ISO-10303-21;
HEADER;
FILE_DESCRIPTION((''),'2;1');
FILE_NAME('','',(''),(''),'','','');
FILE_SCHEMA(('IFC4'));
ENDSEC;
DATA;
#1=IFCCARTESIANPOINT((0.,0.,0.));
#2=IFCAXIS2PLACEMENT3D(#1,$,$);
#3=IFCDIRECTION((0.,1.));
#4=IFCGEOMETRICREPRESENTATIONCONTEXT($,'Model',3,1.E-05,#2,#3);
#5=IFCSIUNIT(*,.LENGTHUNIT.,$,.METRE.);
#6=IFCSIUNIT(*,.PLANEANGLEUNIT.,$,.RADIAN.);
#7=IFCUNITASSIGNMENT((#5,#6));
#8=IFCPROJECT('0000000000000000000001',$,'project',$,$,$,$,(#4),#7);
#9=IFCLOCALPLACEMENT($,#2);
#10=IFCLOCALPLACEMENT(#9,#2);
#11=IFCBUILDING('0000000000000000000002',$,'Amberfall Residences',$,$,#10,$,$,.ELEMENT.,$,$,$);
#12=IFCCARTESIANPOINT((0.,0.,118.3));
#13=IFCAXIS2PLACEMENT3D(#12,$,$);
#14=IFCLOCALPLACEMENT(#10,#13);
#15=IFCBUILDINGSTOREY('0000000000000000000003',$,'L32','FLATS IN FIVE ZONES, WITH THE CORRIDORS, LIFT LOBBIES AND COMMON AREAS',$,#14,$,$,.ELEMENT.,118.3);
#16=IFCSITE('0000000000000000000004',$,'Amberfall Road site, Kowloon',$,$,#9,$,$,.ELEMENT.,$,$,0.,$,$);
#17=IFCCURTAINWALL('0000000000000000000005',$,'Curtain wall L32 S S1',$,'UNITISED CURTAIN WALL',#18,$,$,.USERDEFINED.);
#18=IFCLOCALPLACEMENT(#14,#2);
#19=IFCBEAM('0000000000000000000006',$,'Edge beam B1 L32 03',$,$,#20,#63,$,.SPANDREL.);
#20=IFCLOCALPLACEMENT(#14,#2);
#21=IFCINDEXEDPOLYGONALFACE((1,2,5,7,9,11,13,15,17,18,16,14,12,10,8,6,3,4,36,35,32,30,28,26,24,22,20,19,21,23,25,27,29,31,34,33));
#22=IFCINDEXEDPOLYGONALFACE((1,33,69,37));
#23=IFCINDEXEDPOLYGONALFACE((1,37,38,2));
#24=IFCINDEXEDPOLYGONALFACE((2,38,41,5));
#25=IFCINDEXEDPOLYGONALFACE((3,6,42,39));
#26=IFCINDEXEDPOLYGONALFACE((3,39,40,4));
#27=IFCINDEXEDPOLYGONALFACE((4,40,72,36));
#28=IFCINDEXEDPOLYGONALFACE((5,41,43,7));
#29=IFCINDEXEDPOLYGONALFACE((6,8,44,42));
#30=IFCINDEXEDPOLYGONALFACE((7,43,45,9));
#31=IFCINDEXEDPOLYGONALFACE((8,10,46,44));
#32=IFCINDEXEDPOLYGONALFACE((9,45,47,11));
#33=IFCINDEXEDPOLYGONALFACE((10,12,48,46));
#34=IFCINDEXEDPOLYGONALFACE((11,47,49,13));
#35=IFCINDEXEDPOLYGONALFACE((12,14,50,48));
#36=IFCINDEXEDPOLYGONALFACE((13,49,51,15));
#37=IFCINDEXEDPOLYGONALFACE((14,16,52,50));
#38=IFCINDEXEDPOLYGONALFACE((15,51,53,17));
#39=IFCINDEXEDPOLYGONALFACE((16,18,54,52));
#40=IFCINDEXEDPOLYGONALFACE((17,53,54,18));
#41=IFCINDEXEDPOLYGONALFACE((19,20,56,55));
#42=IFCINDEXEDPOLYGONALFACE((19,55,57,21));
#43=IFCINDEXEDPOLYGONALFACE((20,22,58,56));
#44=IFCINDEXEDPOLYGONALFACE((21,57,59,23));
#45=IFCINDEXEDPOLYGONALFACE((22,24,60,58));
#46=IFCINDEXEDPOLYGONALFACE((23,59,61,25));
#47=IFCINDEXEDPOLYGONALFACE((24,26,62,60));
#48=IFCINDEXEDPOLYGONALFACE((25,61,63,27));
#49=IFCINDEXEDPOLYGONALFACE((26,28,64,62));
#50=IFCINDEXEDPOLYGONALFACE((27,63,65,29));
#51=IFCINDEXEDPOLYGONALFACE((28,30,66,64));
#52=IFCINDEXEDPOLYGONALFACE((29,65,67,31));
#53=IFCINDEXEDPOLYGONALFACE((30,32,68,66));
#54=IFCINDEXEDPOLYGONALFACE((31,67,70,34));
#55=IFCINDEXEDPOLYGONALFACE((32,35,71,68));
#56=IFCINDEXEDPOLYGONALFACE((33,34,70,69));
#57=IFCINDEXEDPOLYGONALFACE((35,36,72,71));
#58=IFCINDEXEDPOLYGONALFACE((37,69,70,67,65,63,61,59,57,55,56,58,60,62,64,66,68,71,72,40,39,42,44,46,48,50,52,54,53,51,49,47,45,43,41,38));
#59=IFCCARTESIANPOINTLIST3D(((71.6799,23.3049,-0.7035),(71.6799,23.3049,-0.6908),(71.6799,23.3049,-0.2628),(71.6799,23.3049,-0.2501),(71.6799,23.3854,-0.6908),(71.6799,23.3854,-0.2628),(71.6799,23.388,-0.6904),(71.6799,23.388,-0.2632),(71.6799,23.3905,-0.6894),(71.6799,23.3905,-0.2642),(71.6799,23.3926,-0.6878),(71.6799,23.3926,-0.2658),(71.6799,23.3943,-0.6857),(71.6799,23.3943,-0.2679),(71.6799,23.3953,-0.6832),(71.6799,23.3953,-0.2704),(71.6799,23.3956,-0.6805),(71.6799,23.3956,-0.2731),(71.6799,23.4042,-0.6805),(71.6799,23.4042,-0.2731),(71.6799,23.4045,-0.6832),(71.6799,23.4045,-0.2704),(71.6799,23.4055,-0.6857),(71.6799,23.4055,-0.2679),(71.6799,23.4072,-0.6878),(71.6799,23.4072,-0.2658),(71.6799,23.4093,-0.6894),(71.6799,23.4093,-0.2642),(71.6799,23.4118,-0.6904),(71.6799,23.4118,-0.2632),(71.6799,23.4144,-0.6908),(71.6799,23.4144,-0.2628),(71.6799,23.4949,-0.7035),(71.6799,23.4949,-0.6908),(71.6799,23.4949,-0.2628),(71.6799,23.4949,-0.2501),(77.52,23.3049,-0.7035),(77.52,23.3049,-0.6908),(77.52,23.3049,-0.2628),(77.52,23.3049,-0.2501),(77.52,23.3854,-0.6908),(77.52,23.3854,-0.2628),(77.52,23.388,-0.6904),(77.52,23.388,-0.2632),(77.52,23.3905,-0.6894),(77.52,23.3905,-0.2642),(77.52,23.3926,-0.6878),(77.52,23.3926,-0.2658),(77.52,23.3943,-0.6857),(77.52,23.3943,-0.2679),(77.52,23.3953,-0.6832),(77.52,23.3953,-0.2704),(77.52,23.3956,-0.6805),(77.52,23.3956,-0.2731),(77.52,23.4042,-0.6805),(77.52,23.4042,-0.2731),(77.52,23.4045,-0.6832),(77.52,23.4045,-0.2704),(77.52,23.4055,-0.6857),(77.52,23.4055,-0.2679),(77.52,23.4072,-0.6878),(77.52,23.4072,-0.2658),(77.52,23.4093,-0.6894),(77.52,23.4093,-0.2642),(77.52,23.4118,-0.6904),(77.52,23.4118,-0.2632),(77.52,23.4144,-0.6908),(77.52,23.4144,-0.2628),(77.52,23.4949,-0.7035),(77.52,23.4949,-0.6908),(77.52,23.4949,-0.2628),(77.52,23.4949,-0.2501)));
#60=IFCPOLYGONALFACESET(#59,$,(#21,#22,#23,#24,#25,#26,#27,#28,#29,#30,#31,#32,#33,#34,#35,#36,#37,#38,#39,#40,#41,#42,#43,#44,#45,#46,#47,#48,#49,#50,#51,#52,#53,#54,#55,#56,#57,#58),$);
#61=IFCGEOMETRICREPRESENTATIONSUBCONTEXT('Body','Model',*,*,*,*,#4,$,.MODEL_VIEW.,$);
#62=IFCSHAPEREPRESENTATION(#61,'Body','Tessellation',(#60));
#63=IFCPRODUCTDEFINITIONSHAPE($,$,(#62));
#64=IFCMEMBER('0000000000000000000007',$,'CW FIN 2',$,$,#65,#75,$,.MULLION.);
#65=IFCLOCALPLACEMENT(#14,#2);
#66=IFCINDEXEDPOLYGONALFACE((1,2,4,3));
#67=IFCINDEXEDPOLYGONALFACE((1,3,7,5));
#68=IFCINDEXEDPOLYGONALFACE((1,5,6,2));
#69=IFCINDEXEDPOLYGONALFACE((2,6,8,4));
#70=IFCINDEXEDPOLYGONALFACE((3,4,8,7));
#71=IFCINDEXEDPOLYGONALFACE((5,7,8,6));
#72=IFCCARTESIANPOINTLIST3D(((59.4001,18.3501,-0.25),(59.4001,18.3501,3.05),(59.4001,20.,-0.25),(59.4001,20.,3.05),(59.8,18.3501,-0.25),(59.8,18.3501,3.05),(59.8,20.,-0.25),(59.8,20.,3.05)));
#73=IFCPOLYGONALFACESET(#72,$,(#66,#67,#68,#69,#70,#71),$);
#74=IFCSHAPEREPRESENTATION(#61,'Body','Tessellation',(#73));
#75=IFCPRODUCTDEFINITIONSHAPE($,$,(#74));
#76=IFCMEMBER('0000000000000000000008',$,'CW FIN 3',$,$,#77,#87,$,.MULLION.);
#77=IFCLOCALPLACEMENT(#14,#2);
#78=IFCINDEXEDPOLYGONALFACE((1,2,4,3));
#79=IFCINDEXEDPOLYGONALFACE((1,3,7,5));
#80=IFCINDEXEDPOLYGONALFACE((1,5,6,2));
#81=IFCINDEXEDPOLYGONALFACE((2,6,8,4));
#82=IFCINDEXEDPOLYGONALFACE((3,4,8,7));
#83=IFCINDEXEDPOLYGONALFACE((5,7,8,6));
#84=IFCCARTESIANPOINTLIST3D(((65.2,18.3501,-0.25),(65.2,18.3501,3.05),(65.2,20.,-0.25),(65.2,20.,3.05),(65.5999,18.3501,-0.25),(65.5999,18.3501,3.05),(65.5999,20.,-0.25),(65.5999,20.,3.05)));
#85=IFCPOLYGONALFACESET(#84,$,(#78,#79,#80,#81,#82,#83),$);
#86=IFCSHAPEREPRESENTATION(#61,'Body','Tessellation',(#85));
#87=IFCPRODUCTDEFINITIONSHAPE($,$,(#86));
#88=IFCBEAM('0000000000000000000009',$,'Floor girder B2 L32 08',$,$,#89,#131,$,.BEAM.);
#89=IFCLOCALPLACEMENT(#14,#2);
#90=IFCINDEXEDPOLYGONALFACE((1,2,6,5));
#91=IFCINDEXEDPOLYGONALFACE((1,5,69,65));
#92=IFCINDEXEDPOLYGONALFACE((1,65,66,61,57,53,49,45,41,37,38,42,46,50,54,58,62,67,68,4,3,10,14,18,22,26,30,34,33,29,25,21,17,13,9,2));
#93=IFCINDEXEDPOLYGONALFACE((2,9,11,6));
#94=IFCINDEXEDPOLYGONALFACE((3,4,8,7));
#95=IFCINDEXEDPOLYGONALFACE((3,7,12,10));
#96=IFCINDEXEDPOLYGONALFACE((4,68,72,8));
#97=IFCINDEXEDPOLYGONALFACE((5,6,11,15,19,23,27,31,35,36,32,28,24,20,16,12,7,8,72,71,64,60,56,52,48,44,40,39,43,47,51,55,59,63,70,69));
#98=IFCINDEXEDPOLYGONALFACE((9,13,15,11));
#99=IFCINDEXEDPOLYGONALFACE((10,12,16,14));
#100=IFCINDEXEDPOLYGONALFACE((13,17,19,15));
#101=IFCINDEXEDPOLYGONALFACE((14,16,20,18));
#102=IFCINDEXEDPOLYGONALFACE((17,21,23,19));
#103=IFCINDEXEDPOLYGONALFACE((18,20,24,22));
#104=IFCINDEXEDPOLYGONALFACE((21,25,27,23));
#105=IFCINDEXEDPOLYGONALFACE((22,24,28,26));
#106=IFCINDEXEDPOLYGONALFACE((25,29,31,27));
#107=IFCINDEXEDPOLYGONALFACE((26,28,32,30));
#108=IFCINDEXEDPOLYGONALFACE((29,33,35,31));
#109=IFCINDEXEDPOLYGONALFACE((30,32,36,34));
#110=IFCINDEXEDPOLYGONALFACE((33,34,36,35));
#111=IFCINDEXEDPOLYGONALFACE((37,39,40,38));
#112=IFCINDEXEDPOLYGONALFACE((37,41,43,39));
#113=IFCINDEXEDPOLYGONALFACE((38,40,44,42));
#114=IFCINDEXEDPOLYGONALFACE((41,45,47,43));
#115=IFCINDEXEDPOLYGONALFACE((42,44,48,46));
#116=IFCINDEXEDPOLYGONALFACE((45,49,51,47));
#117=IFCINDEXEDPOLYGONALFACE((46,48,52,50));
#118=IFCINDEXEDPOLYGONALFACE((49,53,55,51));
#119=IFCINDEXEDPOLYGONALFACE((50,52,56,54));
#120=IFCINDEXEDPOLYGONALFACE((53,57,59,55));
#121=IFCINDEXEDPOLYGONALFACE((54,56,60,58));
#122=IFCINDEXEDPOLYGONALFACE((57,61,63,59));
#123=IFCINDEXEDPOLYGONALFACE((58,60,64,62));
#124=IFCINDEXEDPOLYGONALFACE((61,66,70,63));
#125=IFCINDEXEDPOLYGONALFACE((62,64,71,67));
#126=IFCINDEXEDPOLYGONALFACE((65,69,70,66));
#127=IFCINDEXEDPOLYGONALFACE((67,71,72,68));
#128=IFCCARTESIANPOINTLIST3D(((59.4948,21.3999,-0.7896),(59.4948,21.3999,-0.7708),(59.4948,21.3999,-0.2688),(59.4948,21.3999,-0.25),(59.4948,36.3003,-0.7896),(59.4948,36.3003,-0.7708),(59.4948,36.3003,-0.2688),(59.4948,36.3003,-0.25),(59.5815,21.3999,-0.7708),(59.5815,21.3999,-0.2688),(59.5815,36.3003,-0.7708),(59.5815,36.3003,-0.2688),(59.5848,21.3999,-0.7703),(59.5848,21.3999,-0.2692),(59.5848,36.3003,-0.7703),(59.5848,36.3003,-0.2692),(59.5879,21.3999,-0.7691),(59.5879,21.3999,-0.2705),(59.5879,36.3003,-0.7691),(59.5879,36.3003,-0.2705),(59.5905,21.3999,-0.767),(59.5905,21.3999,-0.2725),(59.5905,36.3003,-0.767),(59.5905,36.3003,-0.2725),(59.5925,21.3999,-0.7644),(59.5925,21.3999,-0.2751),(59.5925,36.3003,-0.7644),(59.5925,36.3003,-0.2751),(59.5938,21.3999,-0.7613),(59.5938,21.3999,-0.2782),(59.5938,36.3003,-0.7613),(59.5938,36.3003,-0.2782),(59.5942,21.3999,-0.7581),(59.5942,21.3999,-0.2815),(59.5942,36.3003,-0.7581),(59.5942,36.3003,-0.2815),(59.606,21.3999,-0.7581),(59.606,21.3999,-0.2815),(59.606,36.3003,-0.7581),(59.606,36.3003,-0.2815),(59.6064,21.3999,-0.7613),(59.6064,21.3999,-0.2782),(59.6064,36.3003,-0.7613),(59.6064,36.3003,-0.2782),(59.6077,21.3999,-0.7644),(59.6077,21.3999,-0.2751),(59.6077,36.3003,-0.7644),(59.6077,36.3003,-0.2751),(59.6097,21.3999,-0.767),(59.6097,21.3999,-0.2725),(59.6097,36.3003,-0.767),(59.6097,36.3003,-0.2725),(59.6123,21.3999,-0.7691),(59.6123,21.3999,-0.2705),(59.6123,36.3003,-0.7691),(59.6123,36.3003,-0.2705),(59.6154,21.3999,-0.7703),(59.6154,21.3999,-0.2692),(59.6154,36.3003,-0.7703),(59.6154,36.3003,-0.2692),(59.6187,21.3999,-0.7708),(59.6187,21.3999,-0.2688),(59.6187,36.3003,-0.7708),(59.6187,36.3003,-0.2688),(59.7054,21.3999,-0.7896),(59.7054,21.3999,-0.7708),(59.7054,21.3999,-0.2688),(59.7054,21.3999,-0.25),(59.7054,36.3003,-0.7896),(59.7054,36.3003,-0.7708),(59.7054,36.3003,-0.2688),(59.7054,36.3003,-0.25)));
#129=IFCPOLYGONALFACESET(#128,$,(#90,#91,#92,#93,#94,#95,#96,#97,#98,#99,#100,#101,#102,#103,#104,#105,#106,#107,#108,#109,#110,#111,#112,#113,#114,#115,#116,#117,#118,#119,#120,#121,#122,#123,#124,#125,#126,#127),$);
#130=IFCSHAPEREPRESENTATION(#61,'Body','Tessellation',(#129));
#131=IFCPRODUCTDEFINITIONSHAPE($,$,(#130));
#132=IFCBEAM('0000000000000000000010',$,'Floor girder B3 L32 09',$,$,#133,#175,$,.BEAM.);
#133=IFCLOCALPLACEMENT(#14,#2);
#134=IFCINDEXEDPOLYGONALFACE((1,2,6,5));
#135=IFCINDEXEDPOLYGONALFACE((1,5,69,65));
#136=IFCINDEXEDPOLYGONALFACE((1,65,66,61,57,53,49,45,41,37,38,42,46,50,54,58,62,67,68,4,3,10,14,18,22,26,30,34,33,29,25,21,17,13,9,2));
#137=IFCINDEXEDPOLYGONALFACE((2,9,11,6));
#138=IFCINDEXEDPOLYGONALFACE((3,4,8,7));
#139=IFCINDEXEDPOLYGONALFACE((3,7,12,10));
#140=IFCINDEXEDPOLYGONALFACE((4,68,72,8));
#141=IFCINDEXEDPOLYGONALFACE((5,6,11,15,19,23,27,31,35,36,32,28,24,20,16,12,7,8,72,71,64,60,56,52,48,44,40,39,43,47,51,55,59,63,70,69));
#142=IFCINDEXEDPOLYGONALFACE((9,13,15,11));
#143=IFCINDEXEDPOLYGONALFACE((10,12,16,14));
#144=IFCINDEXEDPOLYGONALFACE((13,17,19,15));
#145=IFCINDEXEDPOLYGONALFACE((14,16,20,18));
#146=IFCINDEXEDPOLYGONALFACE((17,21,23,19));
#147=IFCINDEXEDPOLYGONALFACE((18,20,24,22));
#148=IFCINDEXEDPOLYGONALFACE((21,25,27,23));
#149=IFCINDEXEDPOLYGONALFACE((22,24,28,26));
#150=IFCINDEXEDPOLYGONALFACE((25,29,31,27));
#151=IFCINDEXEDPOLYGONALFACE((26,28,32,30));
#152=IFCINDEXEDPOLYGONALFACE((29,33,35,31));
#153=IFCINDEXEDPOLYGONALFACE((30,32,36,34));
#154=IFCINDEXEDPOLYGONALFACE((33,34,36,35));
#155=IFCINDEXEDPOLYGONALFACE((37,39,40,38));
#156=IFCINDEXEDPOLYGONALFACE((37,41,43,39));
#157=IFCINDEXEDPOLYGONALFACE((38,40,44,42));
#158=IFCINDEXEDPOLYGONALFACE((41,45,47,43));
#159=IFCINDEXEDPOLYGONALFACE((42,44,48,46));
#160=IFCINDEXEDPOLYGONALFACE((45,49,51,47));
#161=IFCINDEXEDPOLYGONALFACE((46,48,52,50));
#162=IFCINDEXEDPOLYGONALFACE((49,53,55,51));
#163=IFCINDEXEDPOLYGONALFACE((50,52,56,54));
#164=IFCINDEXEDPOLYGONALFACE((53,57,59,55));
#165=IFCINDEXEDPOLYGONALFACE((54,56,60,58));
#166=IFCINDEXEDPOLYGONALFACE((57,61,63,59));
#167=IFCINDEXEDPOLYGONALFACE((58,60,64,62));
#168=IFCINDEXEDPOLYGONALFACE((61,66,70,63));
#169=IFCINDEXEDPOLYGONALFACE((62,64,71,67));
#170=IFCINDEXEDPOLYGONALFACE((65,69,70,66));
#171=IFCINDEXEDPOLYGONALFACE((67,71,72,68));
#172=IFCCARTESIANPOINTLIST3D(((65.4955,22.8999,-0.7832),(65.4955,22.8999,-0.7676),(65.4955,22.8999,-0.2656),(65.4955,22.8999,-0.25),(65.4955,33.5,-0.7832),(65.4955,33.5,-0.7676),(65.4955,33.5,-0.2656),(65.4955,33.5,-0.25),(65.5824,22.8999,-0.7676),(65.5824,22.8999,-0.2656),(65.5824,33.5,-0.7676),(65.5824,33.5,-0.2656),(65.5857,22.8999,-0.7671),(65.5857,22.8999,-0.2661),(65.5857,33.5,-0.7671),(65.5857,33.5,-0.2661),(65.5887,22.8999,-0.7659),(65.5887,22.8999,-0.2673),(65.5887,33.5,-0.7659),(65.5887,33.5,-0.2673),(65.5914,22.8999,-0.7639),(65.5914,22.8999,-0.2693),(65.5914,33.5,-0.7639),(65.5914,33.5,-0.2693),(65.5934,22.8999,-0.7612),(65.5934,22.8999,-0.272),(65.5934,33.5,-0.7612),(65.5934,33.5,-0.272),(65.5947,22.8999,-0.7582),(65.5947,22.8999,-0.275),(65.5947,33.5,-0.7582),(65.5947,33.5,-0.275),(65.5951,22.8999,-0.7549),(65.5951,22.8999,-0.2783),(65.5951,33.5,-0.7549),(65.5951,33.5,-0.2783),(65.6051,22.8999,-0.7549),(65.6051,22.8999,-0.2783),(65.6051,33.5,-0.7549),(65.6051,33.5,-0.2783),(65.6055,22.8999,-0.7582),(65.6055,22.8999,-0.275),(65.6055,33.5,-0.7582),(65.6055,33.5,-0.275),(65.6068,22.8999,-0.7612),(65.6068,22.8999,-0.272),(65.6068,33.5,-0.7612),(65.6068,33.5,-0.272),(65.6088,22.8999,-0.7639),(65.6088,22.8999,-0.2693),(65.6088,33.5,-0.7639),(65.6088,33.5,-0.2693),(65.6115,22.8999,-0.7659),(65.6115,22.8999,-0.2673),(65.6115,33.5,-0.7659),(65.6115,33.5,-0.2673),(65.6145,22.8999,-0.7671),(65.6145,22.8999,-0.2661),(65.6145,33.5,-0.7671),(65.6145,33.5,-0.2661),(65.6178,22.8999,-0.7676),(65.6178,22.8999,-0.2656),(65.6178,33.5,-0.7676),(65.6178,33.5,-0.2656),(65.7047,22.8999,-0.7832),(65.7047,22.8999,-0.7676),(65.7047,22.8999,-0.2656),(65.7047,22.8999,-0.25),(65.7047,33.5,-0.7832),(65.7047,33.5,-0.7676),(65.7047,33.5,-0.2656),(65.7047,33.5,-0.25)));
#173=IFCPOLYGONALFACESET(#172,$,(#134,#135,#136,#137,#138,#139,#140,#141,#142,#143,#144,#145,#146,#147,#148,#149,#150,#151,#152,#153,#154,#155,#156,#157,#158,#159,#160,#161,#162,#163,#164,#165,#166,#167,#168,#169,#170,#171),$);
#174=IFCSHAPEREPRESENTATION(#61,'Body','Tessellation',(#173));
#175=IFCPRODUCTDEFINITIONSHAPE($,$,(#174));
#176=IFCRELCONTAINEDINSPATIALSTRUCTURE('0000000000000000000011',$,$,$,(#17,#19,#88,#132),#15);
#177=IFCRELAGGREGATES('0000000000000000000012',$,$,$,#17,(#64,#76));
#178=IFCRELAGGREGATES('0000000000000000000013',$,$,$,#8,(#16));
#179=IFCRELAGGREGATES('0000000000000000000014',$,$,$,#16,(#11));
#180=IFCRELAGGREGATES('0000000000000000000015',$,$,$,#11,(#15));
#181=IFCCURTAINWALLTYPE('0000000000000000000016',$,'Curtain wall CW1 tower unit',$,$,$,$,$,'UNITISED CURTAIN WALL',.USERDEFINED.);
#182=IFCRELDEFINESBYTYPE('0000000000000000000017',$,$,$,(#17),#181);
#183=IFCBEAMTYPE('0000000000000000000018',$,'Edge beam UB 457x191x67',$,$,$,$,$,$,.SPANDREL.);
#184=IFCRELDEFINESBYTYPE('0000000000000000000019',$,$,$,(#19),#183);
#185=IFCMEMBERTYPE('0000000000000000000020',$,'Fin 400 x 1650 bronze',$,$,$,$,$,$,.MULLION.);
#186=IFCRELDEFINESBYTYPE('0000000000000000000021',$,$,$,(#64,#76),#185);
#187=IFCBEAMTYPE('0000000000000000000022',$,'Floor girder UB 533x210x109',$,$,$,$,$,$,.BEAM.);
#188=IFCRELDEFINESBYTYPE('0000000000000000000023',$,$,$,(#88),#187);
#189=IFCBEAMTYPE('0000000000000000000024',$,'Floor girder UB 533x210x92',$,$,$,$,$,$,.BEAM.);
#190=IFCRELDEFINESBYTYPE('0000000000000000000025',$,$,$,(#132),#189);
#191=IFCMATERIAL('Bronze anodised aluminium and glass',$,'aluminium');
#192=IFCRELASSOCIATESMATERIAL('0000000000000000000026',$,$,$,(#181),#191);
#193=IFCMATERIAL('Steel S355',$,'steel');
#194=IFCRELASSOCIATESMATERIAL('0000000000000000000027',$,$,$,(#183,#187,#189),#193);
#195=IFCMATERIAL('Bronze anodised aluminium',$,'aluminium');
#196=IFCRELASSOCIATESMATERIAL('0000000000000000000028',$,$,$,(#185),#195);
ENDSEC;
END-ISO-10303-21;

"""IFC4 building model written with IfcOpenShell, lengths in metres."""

from ifc_helpers import new_model, si_unit, direction, frame, origin, origin_2d, place, context, subcontext, project, spatial, rectangle, i_section, extrude, material, material_profile, profile_set, type_object, element, aggregate, save


model = new_model("IFC4")

# Units and contexts
model_context = context("Model", 3, precision=1e-05, world=origin(), true_north=direction((0.0, 1.0)))
body_context = subcontext(model_context, "Body", "Model", "MODEL_VIEW")
ifc_project = project(units=[si_unit("LENGTHUNIT", "METRE"), si_unit("PLANEANGLEUNIT", "RADIAN")], contexts=[model_context])

# Site, building, storey
site_placement = place(None, origin())
site = spatial("IfcSite", under=ifc_project, at=site_placement, Name="Amberfall Road site, Kowloon", CompositionType="ELEMENT", RefElevation=0.0)
building_placement = place(site_placement, origin())
building = spatial("IfcBuilding", under=site, at=building_placement, Name="Amberfall Residences", CompositionType="ELEMENT")
storey_placement = place(building_placement, frame((0.0, 0.0, 118.3)))
storey = spatial("IfcBuildingStorey", under=building, at=storey_placement, Name="L32", Description="FLATS IN FIVE ZONES, WITH THE CORRIDORS, LIFT LOBBIES AND COMMON AREAS", CompositionType="ELEMENT", Elevation=118.3)

# Curtain wall
ifc_material_1 = material(Name="Bronze anodised aluminium and glass", Category="aluminium")
curtain_wall_type = type_object("IfcCurtainWallType", Name="Curtain wall CW1 tower unit", ElementType="UNITISED CURTAIN WALL", PredefinedType="USERDEFINED", material=ifc_material_1)
curtain_wall_placement = place(storey_placement, origin())
curtain_wall = element("IfcCurtainWall", 1, at=curtain_wall_placement, inside=storey, type_object=curtain_wall_type, Name="Curtain wall L32 S S1", ObjectType="UNITISED CURTAIN WALL", PredefinedType="USERDEFINED")
ifc_material_2 = material(Name="Bronze anodised aluminium", Category="aluminium")

# Beam
ifc_material_3 = material(Name="Steel S355", Category="steel")
ifc_material_profile_1 = material_profile(ifc_material_3, i_section(OverallWidth=0.1899, OverallDepth=0.4534, WebThickness=0.0085, FlangeThickness=0.0127, FilletRadius=0.0103, at=origin_2d()), Name="UB 457x191x67")
ifc_profile_set_1 = profile_set([ifc_material_profile_1], Name="Steel S355")
beam_type_1 = type_object("IfcBeamType", Name="Edge beam UB 457x191x67", PredefinedType="SPANDREL", material=ifc_profile_set_1)
beam_1_placement = place(storey_placement, frame((71.6799, 23.3999, -0.4768), z_axis=(1.0, 0.0, 0.0), x_axis=(0.0, 1.0, 0.0)))
element("IfcBeam", 2, at=beam_1_placement, inside=storey, type_object=beam_type_1, Name="Edge beam B1 L32 03", PredefinedType="SPANDREL", context=body_context, shape_type="SweptSolid", body=[
    extrude(i_section(OverallWidth=0.1899, OverallDepth=0.4534, WebThickness=0.0085, FlangeThickness=0.0127, FilletRadius=0.0103, at=origin_2d()), origin(), (0.0, 0.0, 1.0), 5.8401),
])

# Members
ifc_material_profile_2 = material_profile(ifc_material_2, rectangle(XDim=1.6499, YDim=0.3999, at=origin_2d()), Name="Fin 400 x 1650 bronze")
ifc_profile_set_2 = profile_set([ifc_material_profile_2], Name="Bronze anodised aluminium")
member_type_1 = type_object("IfcMemberType", Name="Fin 400 x 1650 bronze", PredefinedType="MULLION", material=ifc_profile_set_2)
member_1_placement = place(storey_placement, frame((59.6001, 19.175, -0.25), z_axis=(0.0, 0.0, 1.0), x_axis=(0.0, 1.0, 0.0)))
member_1 = element("IfcMember", 3, at=member_1_placement, type_object=member_type_1, Name="CW FIN 2", PredefinedType="MULLION", context=body_context, shape_type="SweptSolid", body=[
    extrude(rectangle(XDim=1.6499, YDim=0.3999, at=origin_2d()), origin(), (0.0, 0.0, 1.0), 3.3),
])
member_2_placement = place(storey_placement, frame((65.3999, 19.175, -0.25), z_axis=(0.0, 0.0, 1.0), x_axis=(0.0, 1.0, 0.0)))
member_2 = element("IfcMember", 4, at=member_2_placement, type_object=member_type_1, Name="CW FIN 3", PredefinedType="MULLION", context=body_context, shape_type="SweptSolid", body=[
    extrude(rectangle(XDim=1.6499, YDim=0.3999, at=origin_2d()), origin(), (0.0, 0.0, 1.0), 3.3),
])

# Beams
ifc_material_profile_3 = material_profile(ifc_material_3, i_section(OverallWidth=0.2107, OverallDepth=0.5396, WebThickness=0.0117, FlangeThickness=0.0188, FilletRadius=0.0127, at=origin_2d()), Name="UB 533x210x109")
ifc_profile_set_3 = profile_set([ifc_material_profile_3], Name="Steel S355")
beam_type_2 = type_object("IfcBeamType", Name="Floor girder UB 533x210x109", PredefinedType="BEAM", material=ifc_profile_set_3)
beam_2_placement = place(storey_placement, frame((59.6001, 21.3999, -0.5198), z_axis=(0.0, 1.0, 0.0), x_axis=(-1.0, 0.0, 0.0)))
element("IfcBeam", 5, at=beam_2_placement, inside=storey, type_object=beam_type_2, Name="Floor girder B2 L32 08", PredefinedType="BEAM", context=body_context, shape_type="SweptSolid", body=[
    extrude(i_section(OverallWidth=0.2107, OverallDepth=0.5396, WebThickness=0.0117, FlangeThickness=0.0188, FilletRadius=0.0127, at=origin_2d()), origin(), (0.0, 0.0, 1.0), 14.9004),
])
ifc_material_profile_4 = material_profile(ifc_material_3, i_section(OverallWidth=0.2092, OverallDepth=0.5332, WebThickness=0.01, FlangeThickness=0.0156, FilletRadius=0.0127, at=origin_2d()), Name="UB 533x210x92")
ifc_profile_set_4 = profile_set([ifc_material_profile_4], Name="Steel S355")
beam_type_3 = type_object("IfcBeamType", Name="Floor girder UB 533x210x92", PredefinedType="BEAM", material=ifc_profile_set_4)
for number, where, z_axis, x_axis, name in (
    (6, (65.6001, 22.8999, -0.5166), (0.0, 1.0, 0.0), (-1.0, 0.0, 0.0), "Floor girder B3 L32 09"),
):
    element("IfcBeam", number, at=place(storey_placement, frame(where, z_axis=z_axis, x_axis=x_axis)), inside=storey, type_object=beam_type_3, Name=name, PredefinedType="BEAM", context=body_context, shape_type="SweptSolid", body=[
        extrude(i_section(OverallWidth=0.2092, OverallDepth=0.5332, WebThickness=0.01, FlangeThickness=0.0156, FilletRadius=0.0127, at=origin_2d()), origin(), (0.0, 0.0, 1.0), 10.6001),
    ])

aggregate(curtain_wall, [member_1, member_2])

save(model, "model.ifc")
